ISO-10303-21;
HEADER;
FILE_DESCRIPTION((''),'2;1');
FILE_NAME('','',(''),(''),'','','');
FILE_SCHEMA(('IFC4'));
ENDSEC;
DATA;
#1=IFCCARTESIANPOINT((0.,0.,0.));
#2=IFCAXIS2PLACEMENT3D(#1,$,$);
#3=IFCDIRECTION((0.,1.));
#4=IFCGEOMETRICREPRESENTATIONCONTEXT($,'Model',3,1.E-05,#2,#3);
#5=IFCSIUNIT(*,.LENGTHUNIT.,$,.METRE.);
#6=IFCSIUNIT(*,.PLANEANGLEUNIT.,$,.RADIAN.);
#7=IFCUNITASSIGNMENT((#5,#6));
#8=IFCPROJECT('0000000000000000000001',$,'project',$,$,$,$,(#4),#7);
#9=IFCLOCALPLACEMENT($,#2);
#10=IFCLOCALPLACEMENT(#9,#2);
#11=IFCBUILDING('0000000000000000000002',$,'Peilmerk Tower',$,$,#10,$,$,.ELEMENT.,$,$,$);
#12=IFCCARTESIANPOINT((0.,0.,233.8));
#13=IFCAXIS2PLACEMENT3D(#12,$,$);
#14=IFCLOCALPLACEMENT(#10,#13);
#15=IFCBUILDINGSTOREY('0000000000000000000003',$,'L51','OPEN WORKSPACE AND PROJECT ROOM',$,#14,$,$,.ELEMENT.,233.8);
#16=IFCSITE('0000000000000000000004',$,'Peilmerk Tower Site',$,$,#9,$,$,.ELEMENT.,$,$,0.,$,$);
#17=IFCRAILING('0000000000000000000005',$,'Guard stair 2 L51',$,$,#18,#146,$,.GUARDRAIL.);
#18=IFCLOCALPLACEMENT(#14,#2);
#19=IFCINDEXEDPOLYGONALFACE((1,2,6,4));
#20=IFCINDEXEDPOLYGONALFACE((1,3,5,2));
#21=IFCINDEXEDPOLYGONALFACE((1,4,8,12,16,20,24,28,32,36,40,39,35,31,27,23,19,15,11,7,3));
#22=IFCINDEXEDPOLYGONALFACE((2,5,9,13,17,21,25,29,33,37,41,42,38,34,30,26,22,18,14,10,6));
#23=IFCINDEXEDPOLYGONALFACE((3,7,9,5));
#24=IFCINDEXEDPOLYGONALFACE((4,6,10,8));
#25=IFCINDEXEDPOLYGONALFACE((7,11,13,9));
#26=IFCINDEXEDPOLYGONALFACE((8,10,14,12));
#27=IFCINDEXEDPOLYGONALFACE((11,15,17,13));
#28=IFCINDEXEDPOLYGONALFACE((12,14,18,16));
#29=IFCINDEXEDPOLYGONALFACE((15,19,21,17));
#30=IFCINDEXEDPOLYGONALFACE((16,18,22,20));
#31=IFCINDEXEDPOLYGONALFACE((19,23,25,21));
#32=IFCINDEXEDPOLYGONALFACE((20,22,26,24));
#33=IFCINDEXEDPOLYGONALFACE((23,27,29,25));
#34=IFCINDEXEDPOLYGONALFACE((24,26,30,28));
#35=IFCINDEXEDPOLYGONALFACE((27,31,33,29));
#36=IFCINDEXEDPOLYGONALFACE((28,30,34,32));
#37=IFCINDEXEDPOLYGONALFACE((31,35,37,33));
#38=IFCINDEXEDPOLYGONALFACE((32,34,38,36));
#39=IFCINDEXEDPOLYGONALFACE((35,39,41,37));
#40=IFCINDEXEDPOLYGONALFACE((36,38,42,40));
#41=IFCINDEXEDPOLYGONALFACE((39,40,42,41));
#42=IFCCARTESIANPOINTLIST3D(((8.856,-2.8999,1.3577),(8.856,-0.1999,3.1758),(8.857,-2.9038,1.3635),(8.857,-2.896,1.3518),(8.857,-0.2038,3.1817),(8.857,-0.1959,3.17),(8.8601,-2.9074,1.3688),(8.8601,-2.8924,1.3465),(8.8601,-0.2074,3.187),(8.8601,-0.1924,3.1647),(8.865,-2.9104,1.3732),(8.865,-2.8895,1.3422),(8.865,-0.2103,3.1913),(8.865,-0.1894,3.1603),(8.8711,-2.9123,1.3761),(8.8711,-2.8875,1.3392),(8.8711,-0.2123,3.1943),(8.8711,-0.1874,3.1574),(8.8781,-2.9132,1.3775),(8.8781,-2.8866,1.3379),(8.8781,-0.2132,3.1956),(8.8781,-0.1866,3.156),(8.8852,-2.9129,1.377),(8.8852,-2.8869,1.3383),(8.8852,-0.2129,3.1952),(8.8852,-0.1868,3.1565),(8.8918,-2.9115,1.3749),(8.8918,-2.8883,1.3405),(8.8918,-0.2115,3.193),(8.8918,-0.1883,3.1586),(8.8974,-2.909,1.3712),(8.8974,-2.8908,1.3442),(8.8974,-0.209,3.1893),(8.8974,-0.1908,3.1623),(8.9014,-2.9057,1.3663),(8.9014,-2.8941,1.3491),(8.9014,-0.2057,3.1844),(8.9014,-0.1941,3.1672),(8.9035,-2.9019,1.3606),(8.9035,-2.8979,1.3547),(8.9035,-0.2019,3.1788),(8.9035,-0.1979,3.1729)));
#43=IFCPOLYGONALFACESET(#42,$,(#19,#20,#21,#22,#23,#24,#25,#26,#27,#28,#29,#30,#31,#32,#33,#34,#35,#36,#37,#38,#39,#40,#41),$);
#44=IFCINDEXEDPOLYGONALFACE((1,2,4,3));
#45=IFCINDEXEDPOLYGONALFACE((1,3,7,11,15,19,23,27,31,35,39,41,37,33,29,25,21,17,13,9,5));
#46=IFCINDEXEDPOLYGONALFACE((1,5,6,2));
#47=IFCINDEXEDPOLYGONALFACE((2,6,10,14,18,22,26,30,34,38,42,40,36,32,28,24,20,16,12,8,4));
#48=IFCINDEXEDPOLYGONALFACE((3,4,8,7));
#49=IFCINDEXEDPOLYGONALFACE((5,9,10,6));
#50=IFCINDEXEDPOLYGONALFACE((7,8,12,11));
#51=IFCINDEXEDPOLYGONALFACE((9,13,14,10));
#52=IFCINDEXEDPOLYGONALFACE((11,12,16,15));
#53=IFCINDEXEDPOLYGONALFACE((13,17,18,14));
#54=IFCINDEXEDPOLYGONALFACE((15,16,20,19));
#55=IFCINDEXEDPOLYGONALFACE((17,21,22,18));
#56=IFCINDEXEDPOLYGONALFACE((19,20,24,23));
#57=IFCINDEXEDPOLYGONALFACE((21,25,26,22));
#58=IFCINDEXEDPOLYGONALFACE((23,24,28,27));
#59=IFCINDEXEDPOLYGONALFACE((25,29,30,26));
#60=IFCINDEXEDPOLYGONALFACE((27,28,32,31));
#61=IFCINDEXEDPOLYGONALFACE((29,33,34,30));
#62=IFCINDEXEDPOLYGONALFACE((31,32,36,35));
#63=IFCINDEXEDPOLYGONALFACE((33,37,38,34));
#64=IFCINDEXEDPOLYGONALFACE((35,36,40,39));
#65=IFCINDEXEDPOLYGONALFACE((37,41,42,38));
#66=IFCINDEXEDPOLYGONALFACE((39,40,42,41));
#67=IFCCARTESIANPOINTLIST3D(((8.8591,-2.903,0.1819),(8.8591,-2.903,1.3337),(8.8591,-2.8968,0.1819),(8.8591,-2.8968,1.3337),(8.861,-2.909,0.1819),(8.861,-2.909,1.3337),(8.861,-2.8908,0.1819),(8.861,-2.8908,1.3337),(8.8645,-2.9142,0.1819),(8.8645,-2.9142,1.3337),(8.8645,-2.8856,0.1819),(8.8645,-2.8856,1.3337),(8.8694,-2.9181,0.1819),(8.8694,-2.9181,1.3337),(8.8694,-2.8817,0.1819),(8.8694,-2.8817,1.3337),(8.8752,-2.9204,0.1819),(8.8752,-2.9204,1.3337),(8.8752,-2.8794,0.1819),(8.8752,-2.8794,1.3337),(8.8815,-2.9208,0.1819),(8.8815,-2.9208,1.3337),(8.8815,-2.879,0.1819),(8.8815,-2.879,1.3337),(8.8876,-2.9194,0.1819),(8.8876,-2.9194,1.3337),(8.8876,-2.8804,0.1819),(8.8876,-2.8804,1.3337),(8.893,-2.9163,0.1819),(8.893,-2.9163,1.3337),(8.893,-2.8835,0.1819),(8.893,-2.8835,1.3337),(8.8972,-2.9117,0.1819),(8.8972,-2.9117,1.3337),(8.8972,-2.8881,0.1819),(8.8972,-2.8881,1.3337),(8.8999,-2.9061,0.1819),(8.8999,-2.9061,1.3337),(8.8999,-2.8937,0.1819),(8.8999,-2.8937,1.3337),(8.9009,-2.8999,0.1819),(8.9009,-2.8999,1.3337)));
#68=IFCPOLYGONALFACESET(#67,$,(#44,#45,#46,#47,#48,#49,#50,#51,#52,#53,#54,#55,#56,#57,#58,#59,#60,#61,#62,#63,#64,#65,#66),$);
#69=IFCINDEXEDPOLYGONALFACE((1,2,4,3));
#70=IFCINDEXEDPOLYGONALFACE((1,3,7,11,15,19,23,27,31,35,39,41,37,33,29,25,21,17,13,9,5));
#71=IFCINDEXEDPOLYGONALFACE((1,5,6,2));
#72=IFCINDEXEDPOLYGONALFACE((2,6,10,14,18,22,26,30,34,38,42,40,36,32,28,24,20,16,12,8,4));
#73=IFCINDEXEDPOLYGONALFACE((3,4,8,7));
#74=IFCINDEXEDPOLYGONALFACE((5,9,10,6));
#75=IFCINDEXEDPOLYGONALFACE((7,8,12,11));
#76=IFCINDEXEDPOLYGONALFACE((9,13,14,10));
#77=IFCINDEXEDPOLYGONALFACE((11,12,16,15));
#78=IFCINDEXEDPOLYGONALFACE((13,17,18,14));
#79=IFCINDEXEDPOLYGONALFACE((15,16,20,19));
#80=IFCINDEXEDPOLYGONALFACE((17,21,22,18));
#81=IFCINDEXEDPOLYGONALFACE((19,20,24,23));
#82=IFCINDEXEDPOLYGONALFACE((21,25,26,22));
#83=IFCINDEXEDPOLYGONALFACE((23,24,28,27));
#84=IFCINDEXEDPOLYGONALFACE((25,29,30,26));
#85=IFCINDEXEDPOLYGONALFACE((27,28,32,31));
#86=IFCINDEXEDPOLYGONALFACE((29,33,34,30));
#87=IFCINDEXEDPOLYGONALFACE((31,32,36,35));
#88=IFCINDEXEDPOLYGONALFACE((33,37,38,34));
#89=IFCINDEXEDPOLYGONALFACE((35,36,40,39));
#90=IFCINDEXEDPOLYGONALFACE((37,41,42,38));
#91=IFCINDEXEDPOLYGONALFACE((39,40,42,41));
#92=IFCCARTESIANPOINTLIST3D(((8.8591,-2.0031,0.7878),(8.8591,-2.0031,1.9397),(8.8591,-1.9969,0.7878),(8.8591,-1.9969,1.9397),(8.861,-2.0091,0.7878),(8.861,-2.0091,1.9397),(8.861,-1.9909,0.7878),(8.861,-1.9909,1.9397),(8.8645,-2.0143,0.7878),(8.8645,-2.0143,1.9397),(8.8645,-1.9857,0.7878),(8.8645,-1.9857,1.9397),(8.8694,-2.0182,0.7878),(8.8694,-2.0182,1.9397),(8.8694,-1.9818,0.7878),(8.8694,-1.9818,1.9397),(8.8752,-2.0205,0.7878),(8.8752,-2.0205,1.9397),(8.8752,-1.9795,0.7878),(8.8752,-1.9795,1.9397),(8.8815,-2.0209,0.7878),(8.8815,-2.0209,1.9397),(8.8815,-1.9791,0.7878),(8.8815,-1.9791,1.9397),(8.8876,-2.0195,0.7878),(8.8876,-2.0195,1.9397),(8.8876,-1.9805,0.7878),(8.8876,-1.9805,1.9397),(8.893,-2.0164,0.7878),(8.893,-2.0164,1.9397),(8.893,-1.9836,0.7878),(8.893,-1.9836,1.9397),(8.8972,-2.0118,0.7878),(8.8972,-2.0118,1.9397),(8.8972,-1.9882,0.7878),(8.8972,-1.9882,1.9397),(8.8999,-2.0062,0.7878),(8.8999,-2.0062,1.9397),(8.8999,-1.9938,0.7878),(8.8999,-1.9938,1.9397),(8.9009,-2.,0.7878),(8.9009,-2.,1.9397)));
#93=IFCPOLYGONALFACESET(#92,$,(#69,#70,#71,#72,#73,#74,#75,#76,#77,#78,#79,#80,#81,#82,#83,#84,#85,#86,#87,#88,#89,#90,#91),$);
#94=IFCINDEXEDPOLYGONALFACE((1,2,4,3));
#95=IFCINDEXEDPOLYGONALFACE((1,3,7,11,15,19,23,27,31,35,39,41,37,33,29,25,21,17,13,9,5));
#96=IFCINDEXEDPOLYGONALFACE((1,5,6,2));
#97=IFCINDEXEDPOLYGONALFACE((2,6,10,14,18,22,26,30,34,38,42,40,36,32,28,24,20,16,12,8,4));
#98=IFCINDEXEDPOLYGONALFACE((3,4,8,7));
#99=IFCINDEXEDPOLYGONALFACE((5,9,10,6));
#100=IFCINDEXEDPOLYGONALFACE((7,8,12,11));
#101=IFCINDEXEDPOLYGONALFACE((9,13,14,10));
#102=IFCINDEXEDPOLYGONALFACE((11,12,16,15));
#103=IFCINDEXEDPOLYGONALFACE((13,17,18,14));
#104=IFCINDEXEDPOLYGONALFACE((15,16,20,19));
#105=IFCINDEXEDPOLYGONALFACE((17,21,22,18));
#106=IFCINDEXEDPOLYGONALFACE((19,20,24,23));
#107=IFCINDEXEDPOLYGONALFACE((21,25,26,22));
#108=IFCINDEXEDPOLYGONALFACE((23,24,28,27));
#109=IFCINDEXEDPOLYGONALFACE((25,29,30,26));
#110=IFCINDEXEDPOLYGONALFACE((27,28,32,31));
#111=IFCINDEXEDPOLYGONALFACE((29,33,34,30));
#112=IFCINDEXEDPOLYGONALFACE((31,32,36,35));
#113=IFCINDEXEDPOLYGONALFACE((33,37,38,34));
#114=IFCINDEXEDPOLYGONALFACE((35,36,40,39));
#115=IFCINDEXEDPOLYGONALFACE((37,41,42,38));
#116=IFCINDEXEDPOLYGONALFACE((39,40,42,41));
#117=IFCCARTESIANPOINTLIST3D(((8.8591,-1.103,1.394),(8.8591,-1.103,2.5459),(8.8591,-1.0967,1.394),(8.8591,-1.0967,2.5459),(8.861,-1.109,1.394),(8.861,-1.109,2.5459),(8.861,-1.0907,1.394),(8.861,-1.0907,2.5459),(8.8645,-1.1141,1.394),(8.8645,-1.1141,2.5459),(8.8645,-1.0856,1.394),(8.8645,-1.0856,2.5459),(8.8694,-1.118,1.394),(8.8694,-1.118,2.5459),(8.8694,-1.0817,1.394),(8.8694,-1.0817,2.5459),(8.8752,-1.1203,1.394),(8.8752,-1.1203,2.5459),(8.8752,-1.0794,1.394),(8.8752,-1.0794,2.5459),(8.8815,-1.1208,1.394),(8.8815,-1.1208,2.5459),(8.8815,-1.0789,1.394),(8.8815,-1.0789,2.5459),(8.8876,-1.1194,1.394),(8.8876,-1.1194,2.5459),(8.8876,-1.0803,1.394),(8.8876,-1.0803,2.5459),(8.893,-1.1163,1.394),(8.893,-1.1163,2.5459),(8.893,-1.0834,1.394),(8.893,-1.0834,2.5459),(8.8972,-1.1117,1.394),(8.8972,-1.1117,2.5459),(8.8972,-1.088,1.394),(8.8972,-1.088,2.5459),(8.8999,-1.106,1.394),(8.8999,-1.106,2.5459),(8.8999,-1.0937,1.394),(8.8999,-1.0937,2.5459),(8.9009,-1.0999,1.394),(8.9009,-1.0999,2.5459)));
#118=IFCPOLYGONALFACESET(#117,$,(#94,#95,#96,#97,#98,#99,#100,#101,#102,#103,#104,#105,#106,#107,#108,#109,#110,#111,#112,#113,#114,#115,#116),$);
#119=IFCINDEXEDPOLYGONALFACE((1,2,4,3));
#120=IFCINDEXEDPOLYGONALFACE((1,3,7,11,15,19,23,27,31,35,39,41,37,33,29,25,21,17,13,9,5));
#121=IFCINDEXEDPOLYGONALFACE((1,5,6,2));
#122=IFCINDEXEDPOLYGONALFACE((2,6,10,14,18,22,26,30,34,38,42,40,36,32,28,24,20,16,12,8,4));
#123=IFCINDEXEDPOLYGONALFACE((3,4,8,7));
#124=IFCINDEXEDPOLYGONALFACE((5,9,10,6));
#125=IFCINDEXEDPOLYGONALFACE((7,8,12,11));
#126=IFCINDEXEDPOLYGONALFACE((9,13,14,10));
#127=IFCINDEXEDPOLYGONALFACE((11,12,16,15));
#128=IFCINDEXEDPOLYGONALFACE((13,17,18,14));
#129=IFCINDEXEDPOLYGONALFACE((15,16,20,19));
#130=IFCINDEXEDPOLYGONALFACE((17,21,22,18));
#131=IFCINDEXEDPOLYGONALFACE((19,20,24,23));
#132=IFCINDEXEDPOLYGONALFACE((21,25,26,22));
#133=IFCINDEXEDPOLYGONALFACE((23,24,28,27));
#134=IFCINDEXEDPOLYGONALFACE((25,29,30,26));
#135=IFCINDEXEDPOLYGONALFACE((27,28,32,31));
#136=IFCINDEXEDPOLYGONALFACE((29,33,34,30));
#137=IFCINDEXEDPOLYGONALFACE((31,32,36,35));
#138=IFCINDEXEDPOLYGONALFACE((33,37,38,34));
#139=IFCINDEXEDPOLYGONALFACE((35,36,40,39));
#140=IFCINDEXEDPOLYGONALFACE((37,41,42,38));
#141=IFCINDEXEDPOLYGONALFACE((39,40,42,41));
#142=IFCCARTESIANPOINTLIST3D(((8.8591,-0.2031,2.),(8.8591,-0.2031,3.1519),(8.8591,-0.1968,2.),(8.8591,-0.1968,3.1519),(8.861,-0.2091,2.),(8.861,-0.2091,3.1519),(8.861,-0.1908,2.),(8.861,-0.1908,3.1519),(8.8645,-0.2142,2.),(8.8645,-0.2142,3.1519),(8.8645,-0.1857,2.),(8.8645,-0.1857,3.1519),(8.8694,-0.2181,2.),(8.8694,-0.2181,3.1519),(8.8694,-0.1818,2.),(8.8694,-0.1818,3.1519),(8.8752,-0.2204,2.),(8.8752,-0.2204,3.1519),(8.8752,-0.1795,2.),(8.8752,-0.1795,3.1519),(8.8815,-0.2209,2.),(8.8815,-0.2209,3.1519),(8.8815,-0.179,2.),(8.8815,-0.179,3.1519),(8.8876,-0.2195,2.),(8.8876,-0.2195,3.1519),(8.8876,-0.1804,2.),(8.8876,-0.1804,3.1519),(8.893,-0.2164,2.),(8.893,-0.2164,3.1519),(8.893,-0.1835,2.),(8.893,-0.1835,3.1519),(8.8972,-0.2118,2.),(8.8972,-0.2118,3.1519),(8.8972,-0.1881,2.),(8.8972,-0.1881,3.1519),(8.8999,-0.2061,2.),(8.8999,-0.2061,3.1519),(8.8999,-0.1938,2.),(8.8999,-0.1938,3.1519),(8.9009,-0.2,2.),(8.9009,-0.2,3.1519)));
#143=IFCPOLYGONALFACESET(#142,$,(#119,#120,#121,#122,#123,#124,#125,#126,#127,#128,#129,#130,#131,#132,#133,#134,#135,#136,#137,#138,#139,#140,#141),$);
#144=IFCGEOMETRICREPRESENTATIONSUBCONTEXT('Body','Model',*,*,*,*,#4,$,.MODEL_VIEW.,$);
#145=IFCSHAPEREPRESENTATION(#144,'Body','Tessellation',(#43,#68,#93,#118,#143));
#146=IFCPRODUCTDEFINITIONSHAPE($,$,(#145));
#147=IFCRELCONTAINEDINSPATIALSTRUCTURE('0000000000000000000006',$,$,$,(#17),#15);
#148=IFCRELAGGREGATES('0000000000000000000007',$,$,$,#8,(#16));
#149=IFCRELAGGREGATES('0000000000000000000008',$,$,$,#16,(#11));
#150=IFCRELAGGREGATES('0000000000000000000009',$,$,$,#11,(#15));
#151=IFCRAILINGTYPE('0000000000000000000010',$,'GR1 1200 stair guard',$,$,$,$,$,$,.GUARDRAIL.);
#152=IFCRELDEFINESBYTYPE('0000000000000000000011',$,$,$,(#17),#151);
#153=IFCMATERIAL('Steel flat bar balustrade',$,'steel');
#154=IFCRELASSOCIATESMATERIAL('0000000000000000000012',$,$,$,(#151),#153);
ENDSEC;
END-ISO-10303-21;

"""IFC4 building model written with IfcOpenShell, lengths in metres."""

from ifc_helpers import new_model, si_unit, direction, frame, origin, origin_2d, place, context, subcontext, project, spatial, circle, extrude, material, type_object, element, save


model = new_model("IFC4")

# Units and contexts
model_context = context("Model", 3, precision=1e-05, world=origin(), true_north=direction((0.0, 1.0)))
body_context = subcontext(model_context, "Body", "Model", "MODEL_VIEW")
ifc_project = project(units=[si_unit("LENGTHUNIT", "METRE"), si_unit("PLANEANGLEUNIT", "RADIAN")], contexts=[model_context])

# Site, building, storey
site_placement = place(None, origin())
site = spatial("IfcSite", under=ifc_project, at=site_placement, Name="Peilmerk Tower Site", CompositionType="ELEMENT", RefElevation=0.0)
building_placement = place(site_placement, origin())
building = spatial("IfcBuilding", under=site, at=building_placement, Name="Peilmerk Tower", CompositionType="ELEMENT")
storey_placement = place(building_placement, frame((0.0, 0.0, 233.8)))
storey = spatial("IfcBuildingStorey", under=building, at=storey_placement, Name="L51", Description="OPEN WORKSPACE AND PROJECT ROOM", CompositionType="ELEMENT", Elevation=233.8)

# Railing
ifc_material_1 = material(Name="Steel flat bar balustrade", Category="steel")
railing_type_1 = type_object("IfcRailingType", Name="GR1 1200 stair guard", PredefinedType="GUARDRAIL", material=ifc_material_1)
railing_1_placement = place(storey_placement, frame((8.8799, -2.8999, 0.1819)))
element("IfcRailing", 1, at=railing_1_placement, inside=storey, type_object=railing_type_1, Name="Guard stair 2 L51", PredefinedType="GUARDRAIL", context=body_context, shape_type="SweptSolid", body=[
    extrude(circle(Radius=0.0239, at=origin_2d()), frame((0.0, 0.0, 1.1758), z_axis=(0.0, 0.829468, 0.558554), x_axis=(-1.0, 0.0, 0.0)), (0.0, 0.0, 1.0), 3.2551),
    extrude(circle(Radius=0.021, at=origin_2d()), origin(), (0.0, 0.0, 1.0), 1.1519),
    extrude(circle(Radius=0.021, at=origin_2d()), frame((0.0, 0.8999, 0.606)), (0.0, 0.0, 1.0), 1.1519),
    extrude(circle(Radius=0.021, at=origin_2d()), frame((0.0, 1.8, 1.2122)), (0.0, 0.0, 1.0), 1.1519),
    extrude(circle(Radius=0.021, at=origin_2d()), frame((0.0, 2.7, 1.8181)), (0.0, 0.0, 1.0), 1.1519),
])

save(model, "model.ifc")
